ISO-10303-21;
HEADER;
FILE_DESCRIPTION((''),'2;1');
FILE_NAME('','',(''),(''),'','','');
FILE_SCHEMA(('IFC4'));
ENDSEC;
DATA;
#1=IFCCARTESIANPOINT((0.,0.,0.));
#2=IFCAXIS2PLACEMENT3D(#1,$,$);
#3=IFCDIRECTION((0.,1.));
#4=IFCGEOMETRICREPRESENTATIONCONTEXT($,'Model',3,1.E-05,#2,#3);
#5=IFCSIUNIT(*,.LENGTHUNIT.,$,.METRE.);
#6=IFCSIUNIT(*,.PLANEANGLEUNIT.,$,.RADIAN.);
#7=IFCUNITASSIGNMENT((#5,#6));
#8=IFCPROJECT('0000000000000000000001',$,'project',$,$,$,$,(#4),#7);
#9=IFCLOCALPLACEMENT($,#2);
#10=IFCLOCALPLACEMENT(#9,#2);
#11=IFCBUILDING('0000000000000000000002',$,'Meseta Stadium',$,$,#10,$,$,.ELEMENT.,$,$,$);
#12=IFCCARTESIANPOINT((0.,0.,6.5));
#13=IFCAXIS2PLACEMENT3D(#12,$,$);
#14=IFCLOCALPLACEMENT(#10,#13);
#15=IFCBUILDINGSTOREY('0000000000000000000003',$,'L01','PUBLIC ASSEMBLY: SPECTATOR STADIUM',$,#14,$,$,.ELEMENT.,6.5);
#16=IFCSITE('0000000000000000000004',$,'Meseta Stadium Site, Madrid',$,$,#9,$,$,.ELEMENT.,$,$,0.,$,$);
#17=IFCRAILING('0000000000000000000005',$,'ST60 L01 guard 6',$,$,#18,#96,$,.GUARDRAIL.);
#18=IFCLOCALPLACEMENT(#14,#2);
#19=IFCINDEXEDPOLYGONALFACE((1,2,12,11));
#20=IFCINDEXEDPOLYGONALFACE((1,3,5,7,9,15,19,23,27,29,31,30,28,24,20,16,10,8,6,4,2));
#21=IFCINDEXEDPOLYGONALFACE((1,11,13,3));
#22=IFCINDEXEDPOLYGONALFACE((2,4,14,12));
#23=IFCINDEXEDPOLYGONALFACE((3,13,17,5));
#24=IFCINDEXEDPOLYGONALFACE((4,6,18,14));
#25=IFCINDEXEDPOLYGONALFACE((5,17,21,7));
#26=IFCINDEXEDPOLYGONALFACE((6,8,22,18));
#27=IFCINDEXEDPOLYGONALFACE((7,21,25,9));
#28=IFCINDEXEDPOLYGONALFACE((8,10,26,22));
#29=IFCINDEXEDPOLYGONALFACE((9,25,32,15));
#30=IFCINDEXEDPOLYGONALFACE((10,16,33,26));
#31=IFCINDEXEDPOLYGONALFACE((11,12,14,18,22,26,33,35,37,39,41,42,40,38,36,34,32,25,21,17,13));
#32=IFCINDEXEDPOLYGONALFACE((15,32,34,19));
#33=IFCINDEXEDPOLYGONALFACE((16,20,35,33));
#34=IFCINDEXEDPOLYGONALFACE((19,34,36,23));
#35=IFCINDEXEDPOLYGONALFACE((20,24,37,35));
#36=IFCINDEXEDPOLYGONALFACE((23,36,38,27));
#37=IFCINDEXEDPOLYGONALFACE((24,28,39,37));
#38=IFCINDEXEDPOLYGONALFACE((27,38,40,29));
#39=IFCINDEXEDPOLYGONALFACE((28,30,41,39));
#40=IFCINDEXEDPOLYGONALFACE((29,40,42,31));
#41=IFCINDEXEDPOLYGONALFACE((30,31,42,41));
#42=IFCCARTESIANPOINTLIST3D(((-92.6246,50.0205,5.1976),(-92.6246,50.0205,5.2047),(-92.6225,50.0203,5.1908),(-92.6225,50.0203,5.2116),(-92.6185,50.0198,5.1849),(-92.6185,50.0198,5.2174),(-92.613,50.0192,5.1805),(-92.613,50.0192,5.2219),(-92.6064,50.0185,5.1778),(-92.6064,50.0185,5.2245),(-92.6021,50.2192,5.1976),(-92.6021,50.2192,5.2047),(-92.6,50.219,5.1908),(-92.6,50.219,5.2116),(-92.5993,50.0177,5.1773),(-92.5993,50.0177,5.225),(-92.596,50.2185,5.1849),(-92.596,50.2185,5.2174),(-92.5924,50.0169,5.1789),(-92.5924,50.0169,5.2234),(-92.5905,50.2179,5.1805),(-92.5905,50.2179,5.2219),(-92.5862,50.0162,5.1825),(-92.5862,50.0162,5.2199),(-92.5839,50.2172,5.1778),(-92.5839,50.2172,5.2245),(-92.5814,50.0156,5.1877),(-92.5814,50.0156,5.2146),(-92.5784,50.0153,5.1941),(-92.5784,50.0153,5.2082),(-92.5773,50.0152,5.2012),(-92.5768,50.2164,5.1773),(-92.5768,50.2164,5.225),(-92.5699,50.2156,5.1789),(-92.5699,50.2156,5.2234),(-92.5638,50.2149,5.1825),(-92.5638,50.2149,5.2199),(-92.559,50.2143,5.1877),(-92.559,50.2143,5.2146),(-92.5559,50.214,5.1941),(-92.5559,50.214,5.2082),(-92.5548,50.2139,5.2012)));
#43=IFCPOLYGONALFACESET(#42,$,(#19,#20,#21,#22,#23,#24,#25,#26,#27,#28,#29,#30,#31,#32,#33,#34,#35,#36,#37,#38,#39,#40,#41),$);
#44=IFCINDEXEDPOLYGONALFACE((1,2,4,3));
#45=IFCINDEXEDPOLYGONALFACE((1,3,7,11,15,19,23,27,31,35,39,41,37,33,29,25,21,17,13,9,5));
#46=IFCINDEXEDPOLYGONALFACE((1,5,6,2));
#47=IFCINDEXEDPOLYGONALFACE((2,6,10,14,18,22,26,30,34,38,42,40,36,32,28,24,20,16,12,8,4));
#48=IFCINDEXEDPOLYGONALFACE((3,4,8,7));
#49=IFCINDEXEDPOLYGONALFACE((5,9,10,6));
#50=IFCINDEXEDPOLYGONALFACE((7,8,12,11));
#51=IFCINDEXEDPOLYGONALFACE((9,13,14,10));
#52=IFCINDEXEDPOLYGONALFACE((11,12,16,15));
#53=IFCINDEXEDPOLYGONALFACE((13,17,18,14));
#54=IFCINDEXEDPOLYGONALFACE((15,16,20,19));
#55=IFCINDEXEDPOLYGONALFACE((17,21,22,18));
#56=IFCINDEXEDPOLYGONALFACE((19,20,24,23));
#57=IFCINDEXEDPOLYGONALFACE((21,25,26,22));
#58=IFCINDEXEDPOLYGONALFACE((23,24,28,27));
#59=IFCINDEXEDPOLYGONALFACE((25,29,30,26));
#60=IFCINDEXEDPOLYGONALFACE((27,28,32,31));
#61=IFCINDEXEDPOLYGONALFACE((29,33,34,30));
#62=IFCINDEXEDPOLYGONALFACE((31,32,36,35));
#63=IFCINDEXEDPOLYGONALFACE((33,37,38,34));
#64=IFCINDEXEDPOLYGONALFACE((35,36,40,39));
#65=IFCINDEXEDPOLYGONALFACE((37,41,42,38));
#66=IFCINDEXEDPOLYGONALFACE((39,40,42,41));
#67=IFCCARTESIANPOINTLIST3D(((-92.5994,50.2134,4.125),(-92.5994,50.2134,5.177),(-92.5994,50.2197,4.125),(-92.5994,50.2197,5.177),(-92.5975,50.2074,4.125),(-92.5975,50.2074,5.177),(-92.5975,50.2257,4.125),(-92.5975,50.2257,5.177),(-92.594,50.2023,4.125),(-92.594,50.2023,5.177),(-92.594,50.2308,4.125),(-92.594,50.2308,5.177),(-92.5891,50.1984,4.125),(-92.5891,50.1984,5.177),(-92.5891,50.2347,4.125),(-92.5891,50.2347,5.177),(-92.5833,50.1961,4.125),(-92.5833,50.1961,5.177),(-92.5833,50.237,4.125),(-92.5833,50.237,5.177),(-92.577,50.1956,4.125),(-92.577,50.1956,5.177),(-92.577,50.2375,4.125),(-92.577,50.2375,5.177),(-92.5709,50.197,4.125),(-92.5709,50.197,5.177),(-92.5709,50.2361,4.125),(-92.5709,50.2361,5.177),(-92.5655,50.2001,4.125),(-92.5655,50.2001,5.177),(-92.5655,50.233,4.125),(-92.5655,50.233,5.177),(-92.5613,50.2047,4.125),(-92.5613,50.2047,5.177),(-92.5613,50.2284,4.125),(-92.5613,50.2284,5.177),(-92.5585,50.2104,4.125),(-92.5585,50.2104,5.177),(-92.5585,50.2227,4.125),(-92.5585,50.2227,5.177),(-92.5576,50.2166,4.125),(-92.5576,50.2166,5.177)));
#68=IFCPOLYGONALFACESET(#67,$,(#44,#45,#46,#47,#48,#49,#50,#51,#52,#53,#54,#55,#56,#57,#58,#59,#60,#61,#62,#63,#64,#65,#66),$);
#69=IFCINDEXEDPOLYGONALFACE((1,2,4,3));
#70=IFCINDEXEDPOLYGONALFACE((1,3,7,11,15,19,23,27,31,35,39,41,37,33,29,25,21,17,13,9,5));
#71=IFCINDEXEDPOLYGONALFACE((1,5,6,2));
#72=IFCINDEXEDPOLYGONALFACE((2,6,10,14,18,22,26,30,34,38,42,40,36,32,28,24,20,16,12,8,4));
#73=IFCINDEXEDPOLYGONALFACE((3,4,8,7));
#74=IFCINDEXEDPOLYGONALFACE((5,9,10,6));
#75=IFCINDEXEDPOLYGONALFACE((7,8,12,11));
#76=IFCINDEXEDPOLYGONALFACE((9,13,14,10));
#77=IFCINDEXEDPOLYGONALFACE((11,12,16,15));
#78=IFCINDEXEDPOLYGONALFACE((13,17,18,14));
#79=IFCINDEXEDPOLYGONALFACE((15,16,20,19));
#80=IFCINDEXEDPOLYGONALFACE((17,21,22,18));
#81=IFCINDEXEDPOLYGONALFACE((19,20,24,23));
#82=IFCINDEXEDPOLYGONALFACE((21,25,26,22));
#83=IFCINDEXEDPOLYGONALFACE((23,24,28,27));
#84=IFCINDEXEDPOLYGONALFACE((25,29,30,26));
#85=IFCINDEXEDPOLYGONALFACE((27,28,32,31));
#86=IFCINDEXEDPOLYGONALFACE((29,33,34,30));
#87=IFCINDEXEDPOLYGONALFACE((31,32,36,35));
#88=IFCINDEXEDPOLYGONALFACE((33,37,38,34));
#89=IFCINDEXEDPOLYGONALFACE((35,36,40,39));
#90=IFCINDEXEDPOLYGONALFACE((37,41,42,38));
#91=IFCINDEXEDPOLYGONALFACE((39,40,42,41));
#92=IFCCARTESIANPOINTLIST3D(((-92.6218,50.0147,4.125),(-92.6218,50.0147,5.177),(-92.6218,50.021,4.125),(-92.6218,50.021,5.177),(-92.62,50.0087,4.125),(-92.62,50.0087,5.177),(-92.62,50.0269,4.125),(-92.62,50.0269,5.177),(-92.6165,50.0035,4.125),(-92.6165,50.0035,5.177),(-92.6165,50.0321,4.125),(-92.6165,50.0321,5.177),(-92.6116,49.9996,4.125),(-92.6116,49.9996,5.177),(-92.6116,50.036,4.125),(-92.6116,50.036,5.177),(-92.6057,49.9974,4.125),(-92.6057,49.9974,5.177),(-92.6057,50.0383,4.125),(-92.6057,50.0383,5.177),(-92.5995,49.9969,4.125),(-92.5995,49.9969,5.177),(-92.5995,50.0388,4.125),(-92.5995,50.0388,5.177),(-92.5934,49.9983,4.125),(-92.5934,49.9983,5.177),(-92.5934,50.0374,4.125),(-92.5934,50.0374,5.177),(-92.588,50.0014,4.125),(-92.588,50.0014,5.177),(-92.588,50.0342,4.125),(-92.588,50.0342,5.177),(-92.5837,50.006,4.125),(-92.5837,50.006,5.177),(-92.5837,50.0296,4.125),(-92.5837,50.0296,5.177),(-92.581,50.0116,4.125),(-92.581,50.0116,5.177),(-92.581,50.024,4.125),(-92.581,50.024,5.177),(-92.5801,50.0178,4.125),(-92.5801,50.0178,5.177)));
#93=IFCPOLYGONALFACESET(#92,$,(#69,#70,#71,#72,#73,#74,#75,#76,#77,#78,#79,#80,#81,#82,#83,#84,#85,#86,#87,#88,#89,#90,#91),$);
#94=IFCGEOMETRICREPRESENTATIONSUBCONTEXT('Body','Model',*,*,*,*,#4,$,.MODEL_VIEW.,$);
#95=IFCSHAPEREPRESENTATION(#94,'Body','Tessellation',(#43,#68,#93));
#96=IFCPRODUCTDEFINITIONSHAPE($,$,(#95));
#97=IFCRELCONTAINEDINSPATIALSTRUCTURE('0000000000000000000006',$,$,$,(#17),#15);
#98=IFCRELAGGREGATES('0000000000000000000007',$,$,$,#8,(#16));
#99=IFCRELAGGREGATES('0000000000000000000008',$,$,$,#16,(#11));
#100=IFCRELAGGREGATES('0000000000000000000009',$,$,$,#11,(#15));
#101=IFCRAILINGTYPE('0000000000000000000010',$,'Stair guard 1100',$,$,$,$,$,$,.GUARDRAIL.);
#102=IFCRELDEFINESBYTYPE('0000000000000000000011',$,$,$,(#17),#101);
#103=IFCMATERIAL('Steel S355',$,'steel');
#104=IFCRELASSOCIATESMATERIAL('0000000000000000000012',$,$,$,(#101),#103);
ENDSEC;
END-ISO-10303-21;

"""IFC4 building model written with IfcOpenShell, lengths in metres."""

from ifc_helpers import new_model, si_unit, direction, frame, origin, origin_2d, place, context, subcontext, project, spatial, circle, extrude, material, type_object, element, save


model = new_model("IFC4")

# Units and contexts
model_context = context("Model", 3, precision=1e-05, world=origin(), true_north=direction((0.0, 1.0)))
body_context = subcontext(model_context, "Body", "Model", "MODEL_VIEW")
ifc_project = project(units=[si_unit("LENGTHUNIT", "METRE"), si_unit("PLANEANGLEUNIT", "RADIAN")], contexts=[model_context])

# Site, building, storey
site_placement = place(None, origin())
site = spatial("IfcSite", under=ifc_project, at=site_placement, Name="Meseta Stadium Site, Madrid", CompositionType="ELEMENT", RefElevation=0.0)
building_placement = place(site_placement, origin())
building = spatial("IfcBuilding", under=site, at=building_placement, Name="Meseta Stadium", CompositionType="ELEMENT")
storey_placement = place(building_placement, frame((0.0, 0.0, 6.5)))
storey = spatial("IfcBuildingStorey", under=building, at=storey_placement, Name="L01", Description="PUBLIC ASSEMBLY: SPECTATOR STADIUM", CompositionType="ELEMENT", Elevation=6.5)

# Railing
ifc_material_1 = material(Name="Steel S355", Category="steel")
railing_type_1 = type_object("IfcRailingType", Name="Stair guard 1100", PredefinedType="GUARDRAIL", material=ifc_material_1)
railing_1_placement = place(storey_placement, frame((-92.5786, 50.2166, 4.125)))
element("IfcRailing", 1, at=railing_1_placement, inside=storey, type_object=railing_type_1, Name="ST60 L01 guard 6", PredefinedType="GUARDRAIL", context=body_context, shape_type="SweptSolid", body=[
    extrude(circle(Radius=0.0239, at=origin_2d()), frame((0.0, 0.0, 1.0762), z_axis=(-0.112307, -0.993674, 0.0), x_axis=(0.993674, -0.112307, 0.0)), (0.0, 0.0, 1.0), 0.2),
    extrude(circle(Radius=0.021, at=origin_2d()), origin(), (0.0, 0.0, 1.0), 1.052),
    extrude(circle(Radius=0.021, at=origin_2d()), frame((-0.0225, -0.1987, 0.0)), (0.0, 0.0, 1.0), 1.052),
])

save(model, "model.ifc")
